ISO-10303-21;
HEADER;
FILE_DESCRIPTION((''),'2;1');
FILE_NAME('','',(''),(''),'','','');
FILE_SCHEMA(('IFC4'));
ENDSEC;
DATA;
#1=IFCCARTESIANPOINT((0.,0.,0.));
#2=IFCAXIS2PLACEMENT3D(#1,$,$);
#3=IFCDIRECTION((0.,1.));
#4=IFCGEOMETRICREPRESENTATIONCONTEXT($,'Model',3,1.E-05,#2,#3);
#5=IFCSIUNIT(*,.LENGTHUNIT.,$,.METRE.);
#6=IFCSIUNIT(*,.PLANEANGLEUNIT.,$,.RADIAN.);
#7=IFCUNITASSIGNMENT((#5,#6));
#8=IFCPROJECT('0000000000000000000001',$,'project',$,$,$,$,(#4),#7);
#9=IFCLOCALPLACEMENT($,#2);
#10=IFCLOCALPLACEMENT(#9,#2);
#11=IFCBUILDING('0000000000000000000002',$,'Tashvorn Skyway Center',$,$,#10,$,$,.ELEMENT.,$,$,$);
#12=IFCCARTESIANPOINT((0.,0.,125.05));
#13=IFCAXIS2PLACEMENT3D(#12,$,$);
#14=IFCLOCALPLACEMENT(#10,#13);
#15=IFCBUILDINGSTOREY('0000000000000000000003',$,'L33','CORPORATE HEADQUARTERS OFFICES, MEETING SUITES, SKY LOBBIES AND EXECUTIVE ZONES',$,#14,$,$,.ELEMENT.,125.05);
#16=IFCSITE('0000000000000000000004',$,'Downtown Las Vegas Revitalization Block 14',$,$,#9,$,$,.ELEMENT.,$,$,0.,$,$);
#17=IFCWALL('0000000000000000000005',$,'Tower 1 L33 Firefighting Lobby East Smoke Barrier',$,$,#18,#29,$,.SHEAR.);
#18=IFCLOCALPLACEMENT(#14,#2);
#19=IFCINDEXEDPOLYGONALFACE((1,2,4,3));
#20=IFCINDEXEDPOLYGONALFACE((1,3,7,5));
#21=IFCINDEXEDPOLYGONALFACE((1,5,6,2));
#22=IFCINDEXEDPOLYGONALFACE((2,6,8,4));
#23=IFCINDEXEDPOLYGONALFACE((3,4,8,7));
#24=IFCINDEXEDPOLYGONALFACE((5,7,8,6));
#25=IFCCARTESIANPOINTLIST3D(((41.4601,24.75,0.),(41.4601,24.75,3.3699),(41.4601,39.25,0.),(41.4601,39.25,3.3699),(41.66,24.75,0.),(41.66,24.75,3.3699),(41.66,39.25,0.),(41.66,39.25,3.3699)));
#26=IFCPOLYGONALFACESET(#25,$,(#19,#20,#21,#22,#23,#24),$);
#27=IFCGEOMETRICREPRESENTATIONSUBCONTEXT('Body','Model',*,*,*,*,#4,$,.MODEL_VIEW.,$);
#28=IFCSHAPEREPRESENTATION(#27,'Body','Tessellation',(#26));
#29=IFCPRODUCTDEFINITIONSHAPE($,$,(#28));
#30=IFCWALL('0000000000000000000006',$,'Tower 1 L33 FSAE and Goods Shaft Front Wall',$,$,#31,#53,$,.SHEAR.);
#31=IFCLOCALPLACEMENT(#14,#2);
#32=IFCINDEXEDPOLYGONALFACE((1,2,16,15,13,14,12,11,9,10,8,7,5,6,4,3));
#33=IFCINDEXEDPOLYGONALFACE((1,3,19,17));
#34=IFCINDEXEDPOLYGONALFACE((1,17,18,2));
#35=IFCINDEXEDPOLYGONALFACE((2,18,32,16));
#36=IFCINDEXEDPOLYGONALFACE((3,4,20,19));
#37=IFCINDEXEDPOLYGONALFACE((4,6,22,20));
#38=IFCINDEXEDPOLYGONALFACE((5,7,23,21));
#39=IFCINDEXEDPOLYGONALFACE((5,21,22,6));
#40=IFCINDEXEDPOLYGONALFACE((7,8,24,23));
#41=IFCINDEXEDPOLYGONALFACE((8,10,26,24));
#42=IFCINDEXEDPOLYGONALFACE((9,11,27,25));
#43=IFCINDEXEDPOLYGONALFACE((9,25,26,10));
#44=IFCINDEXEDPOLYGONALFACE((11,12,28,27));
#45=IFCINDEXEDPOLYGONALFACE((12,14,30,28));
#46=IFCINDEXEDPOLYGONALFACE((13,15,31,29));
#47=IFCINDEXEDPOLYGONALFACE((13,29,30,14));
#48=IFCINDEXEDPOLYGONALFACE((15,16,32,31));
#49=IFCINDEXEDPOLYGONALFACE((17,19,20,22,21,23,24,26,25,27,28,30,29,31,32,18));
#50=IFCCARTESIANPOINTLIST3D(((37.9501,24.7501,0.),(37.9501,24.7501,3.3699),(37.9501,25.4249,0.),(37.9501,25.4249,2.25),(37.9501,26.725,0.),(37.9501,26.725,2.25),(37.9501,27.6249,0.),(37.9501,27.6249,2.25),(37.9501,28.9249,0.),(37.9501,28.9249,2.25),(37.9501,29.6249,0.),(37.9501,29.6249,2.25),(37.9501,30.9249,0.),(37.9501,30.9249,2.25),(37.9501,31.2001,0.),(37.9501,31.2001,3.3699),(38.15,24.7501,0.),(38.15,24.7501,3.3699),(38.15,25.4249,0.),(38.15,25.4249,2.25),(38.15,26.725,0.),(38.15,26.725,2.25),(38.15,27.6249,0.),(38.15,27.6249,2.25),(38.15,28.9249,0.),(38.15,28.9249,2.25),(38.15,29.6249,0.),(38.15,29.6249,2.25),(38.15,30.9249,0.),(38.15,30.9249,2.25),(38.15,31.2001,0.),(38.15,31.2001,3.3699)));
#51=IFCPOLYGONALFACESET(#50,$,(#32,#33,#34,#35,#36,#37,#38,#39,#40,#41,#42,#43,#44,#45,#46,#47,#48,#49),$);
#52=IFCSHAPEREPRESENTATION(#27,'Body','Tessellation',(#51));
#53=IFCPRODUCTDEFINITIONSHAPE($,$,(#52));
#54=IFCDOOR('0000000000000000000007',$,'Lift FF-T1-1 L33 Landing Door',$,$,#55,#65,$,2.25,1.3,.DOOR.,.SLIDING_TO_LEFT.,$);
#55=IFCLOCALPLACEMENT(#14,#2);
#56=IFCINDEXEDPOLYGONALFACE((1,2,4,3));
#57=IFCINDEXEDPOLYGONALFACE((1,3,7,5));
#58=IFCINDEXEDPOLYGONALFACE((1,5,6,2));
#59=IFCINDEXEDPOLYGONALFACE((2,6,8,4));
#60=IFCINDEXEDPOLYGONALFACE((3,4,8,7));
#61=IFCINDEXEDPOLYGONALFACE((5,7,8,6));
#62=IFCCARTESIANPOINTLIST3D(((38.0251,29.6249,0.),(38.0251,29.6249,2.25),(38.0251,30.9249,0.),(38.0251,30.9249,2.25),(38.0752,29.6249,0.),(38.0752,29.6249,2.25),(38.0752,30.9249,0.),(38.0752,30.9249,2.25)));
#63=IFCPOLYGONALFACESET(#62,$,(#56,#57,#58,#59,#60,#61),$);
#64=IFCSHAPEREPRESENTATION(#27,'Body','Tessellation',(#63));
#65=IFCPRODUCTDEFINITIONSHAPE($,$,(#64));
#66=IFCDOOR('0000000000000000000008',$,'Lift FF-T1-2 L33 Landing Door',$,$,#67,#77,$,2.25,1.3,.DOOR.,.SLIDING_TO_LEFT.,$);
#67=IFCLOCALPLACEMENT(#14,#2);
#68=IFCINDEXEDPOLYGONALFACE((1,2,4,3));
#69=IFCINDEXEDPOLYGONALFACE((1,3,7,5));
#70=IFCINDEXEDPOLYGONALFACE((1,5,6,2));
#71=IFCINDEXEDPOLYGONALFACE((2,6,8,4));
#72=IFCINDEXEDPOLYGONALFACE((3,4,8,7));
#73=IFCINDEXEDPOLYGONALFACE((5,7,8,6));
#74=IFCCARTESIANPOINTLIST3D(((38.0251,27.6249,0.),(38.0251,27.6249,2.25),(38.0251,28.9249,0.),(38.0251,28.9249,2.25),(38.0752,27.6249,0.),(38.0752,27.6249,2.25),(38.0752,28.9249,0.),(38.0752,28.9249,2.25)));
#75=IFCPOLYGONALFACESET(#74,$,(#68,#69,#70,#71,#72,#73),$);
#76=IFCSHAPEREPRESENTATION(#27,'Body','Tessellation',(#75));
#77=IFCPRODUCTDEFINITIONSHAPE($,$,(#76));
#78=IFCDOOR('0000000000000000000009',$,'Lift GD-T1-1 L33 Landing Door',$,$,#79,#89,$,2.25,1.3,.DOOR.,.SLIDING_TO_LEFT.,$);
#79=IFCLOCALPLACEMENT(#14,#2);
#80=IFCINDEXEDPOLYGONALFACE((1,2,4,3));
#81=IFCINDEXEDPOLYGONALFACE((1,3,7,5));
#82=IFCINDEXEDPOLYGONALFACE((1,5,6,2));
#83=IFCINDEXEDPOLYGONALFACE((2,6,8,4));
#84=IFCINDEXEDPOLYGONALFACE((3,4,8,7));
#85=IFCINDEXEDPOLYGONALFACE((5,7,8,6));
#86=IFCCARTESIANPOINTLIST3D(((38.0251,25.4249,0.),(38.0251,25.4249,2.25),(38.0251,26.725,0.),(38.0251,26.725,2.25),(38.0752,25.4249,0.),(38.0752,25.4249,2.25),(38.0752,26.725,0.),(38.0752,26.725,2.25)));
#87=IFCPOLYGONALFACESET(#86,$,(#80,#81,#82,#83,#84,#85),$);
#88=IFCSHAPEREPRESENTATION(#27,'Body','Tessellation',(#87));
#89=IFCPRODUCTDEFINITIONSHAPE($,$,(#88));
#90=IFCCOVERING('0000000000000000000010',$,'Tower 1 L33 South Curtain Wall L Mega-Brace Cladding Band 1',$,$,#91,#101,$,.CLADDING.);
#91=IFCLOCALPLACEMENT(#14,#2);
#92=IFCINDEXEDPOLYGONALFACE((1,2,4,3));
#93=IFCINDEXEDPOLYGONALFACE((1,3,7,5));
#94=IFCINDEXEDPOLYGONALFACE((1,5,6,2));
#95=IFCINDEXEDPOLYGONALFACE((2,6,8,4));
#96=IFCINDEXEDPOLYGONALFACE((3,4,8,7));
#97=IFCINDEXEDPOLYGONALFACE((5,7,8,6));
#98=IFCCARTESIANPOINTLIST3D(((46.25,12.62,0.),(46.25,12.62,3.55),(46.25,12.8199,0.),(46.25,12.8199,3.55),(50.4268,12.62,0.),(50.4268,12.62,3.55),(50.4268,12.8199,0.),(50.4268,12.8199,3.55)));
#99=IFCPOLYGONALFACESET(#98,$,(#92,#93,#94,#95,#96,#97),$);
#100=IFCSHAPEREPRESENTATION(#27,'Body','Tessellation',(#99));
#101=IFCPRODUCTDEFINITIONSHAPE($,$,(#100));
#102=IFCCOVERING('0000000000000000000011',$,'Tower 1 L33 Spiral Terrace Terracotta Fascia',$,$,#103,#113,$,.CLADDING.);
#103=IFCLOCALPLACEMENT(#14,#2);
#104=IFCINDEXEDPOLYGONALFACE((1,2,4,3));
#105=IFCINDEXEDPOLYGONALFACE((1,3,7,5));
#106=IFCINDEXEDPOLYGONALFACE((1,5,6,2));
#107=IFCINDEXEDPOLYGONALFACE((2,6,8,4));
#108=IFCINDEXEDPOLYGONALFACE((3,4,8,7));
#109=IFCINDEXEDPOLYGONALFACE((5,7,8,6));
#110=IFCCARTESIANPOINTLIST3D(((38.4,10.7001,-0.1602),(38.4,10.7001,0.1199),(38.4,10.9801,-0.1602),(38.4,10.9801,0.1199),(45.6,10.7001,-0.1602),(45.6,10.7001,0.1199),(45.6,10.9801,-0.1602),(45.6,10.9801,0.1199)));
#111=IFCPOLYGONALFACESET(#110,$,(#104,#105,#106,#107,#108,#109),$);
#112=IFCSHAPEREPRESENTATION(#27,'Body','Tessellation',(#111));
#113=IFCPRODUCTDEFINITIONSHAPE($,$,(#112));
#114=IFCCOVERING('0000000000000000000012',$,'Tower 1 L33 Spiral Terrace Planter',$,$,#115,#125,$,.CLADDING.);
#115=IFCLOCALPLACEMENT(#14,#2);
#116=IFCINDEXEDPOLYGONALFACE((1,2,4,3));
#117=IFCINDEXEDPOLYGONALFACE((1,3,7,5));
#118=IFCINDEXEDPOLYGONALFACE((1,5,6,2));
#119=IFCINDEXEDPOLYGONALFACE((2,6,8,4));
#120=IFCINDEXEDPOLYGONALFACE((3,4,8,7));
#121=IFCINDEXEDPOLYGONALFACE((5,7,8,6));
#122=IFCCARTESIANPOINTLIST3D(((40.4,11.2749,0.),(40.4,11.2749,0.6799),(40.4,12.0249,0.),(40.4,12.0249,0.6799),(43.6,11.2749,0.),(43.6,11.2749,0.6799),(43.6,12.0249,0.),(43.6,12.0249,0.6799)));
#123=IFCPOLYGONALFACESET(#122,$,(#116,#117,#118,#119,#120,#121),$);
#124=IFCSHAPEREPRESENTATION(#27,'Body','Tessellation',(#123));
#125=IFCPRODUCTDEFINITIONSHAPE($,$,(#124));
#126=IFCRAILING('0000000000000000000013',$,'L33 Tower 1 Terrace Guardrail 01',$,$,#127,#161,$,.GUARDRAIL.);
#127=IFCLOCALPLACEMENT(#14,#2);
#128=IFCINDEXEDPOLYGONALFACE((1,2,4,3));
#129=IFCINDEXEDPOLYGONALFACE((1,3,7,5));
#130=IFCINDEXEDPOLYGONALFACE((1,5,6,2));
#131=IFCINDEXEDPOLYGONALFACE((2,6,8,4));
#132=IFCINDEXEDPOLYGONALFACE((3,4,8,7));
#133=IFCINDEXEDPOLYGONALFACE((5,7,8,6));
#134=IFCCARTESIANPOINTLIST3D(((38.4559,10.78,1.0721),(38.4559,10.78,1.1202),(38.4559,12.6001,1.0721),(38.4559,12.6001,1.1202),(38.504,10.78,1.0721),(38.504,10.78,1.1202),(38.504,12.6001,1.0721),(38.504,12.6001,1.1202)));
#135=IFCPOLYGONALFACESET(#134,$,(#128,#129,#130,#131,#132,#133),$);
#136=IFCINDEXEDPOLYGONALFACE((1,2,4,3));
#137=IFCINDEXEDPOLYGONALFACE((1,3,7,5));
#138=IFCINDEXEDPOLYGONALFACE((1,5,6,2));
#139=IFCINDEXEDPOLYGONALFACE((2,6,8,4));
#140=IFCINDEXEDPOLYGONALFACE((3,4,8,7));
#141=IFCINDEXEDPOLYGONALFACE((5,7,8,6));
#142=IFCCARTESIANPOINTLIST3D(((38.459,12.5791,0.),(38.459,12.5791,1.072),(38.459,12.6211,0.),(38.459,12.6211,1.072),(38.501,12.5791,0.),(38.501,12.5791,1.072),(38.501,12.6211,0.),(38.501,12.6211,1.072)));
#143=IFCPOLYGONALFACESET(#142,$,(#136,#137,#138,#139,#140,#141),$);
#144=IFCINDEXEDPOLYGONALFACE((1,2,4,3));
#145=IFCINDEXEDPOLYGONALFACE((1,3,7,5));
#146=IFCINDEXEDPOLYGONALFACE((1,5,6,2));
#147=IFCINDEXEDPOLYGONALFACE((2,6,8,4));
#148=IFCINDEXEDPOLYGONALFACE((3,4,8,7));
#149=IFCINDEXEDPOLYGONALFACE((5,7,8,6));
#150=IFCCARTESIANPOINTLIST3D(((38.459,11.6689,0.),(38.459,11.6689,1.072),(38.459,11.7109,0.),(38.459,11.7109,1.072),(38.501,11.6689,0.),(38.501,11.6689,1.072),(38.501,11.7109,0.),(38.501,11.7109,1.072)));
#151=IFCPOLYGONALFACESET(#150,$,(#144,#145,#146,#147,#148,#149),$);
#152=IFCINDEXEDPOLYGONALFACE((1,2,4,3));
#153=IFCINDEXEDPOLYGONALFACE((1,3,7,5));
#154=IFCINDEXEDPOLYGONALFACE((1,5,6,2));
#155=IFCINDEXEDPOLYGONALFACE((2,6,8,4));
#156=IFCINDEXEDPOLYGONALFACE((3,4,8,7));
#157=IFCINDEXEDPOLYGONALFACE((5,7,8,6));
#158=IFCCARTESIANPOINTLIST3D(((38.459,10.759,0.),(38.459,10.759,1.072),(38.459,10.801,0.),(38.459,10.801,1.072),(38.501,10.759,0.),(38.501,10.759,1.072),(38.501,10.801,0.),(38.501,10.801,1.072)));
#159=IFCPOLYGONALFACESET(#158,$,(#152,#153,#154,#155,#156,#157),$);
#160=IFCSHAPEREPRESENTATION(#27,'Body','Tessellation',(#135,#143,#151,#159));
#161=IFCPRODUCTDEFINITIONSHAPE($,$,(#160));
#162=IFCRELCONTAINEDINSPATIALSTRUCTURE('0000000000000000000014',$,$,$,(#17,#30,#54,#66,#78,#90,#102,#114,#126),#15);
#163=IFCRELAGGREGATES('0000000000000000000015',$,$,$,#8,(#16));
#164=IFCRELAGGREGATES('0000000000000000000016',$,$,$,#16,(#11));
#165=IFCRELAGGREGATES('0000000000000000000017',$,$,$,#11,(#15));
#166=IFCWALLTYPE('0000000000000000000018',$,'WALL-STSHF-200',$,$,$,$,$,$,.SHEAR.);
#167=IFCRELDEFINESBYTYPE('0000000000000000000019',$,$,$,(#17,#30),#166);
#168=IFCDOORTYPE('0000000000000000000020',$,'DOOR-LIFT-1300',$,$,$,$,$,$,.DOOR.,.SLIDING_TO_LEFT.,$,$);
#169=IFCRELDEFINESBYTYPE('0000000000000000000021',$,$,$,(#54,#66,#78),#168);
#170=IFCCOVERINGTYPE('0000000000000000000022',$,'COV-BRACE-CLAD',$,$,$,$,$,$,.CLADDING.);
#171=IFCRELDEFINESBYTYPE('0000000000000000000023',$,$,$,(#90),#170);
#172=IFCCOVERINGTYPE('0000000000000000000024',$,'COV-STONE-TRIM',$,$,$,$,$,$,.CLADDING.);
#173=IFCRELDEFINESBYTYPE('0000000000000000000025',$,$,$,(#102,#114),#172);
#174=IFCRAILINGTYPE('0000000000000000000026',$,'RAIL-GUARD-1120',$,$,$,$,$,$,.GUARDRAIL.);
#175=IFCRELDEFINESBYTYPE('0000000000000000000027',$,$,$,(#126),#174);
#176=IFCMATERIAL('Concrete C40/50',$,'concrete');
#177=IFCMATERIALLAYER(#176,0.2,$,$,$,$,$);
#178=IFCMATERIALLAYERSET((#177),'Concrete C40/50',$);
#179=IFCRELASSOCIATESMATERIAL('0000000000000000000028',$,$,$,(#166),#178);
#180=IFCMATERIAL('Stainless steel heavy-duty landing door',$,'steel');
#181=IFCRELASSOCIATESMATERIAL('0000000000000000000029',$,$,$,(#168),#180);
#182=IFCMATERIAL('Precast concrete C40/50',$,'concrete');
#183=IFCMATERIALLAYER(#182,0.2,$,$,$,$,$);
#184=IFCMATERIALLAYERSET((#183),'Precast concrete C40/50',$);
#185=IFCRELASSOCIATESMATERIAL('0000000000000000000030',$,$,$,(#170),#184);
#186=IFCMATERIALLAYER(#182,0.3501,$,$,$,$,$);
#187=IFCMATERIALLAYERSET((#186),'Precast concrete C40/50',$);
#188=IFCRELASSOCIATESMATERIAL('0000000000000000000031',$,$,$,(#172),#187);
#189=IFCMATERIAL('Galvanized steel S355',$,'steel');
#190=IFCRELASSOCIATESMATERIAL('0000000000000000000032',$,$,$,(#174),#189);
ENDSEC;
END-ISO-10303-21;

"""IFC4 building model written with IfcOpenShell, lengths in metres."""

from ifc_helpers import new_model, si_unit, direction, frame, frame_2d, origin, origin_2d, place, context, subcontext, project, spatial, rectangle, extrude, material, layer, layer_set, type_object, element, fill, save


model = new_model("IFC4")

# Units and contexts
model_context = context("Model", 3, precision=1e-05, world=origin(), true_north=direction((0.0, 1.0)))
body_context = subcontext(model_context, "Body", "Model", "MODEL_VIEW")
ifc_project = project(units=[si_unit("LENGTHUNIT", "METRE"), si_unit("PLANEANGLEUNIT", "RADIAN")], contexts=[model_context])

# Site, building, storey
site_placement = place(None, origin())
site = spatial("IfcSite", under=ifc_project, at=site_placement, Name="Downtown Las Vegas Revitalization Block 14", CompositionType="ELEMENT", RefElevation=0.0)
building_placement = place(site_placement, origin())
building = spatial("IfcBuilding", under=site, at=building_placement, Name="Tashvorn Skyway Center", CompositionType="ELEMENT")
storey_placement = place(building_placement, frame((0.0, 0.0, 125.05)))
storey = spatial("IfcBuildingStorey", under=building, at=storey_placement, Name="L33", Description="CORPORATE HEADQUARTERS OFFICES, MEETING SUITES, SKY LOBBIES AND EXECUTIVE ZONES", CompositionType="ELEMENT", Elevation=125.05)

# Shared definitions
ifc_material_1 = material(Name="Precast concrete C40/50", Category="concrete")

# Shared definitions
ifc_material_2 = material(Name="Concrete C40/50", Category="concrete")

# Wall
ifc_layer_1 = layer(ifc_material_2, 0.2)
ifc_layer_set_1 = layer_set([ifc_layer_1], Name="Concrete C40/50")
wall_type_1 = type_object("IfcWallType", Name="WALL-STSHF-200", PredefinedType="SHEAR", material=ifc_layer_set_1)
wall_1_placement = place(storey_placement, frame((41.5601, 24.75, 0.0), z_axis=(0.0, 0.0, 1.0), x_axis=(0.0, 1.0, 0.0)))
element("IfcWall", 1, at=wall_1_placement, inside=storey, type_object=wall_type_1, Name="Tower 1 L33 Firefighting Lobby East Smoke Barrier", PredefinedType="SHEAR", context=body_context, shape_type="SweptSolid", body=[
    extrude(rectangle(XDim=14.5, YDim=0.2, at=frame_2d((7.25, 0.0))), origin(), (0.0, 0.0, 1.0), 3.3699),
])

# Wall, openings, doors
wall_2_placement = place(storey_placement, frame((38.05, 24.75, 0.0), z_axis=(0.0, 0.0, 1.0), x_axis=(0.0, 1.0, 0.0)))
wall_2 = element("IfcWall", 2, at=wall_2_placement, inside=storey, type_object=wall_type_1, Name="Tower 1 L33 FSAE and Goods Shaft Front Wall", PredefinedType="SHEAR", context=body_context, shape_type="SweptSolid", body=[
    extrude(rectangle(XDim=6.45, YDim=0.2, at=frame_2d((3.2251, 0.0))), origin(), (0.0, 0.0, 1.0), 3.3699),
])
opening_1_placement = place(wall_2_placement, frame((4.875, 0.0, 0.0)))
opening_1 = element("IfcOpeningElement", 3, at=opening_1_placement, cuts=wall_2, PredefinedType="OPENING", context=body_context, shape_type="SweptSolid", body=[
    extrude(rectangle(XDim=1.3, YDim=2.25, at=frame_2d((0.6499, 1.125))), frame((0.0, 0.1099, 0.0), z_axis=(0.0, -1.0, 0.0), x_axis=(1.0, 0.0, 0.0)), (0.0, 0.0, 1.0), 0.22),
])
opening_2_placement = place(wall_2_placement, frame((2.875, 0.0, 0.0)))
opening_2 = element("IfcOpeningElement", 4, at=opening_2_placement, cuts=wall_2, PredefinedType="OPENING", context=body_context, shape_type="SweptSolid", body=[
    extrude(rectangle(XDim=1.3, YDim=2.25, at=frame_2d((0.6499, 1.125))), frame((0.0, 0.1099, 0.0), z_axis=(0.0, -1.0, 0.0), x_axis=(1.0, 0.0, 0.0)), (0.0, 0.0, 1.0), 0.22),
])
opening_3_placement = place(wall_2_placement, frame((0.675, 0.0, 0.0)))
opening_3 = element("IfcOpeningElement", 5, at=opening_3_placement, cuts=wall_2, PredefinedType="OPENING", context=body_context, shape_type="SweptSolid", body=[
    extrude(rectangle(XDim=1.3, YDim=2.25, at=frame_2d((0.6499, 1.125))), frame((0.0, 0.1099, 0.0), z_axis=(0.0, -1.0, 0.0), x_axis=(1.0, 0.0, 0.0)), (0.0, 0.0, 1.0), 0.22),
])
ifc_material_3 = material(Name="Stainless steel heavy-duty landing door", Category="steel")
door_type_1 = type_object("IfcDoorType", Name="DOOR-LIFT-1300", OperationType="SLIDING_TO_LEFT", PredefinedType="DOOR", material=ifc_material_3)
door_1_placement = place(opening_1_placement, origin())
door_1 = element("IfcDoor", 6, at=door_1_placement, inside=storey, type_object=door_type_1, Name="Lift FF-T1-1 L33 Landing Door", OperationType="SLIDING_TO_LEFT", OverallHeight=2.25, OverallWidth=1.3, PredefinedType="DOOR", context=body_context, shape_type="SweptSolid", body=[
    extrude(rectangle(XDim=1.3, YDim=2.25, at=frame_2d((0.6499, 1.125))), frame((0.0, 0.0249, 0.0), z_axis=(0.0, -1.0, 0.0), x_axis=(1.0, 0.0, 0.0)), (0.0, 0.0, 1.0), 0.05),
])
fill(opening_1, door_1)
door_2_placement = place(opening_2_placement, origin())
door_2 = element("IfcDoor", 7, at=door_2_placement, inside=storey, type_object=door_type_1, Name="Lift FF-T1-2 L33 Landing Door", OperationType="SLIDING_TO_LEFT", OverallHeight=2.25, OverallWidth=1.3, PredefinedType="DOOR", context=body_context, shape_type="SweptSolid", body=[
    extrude(rectangle(XDim=1.3, YDim=2.25, at=frame_2d((0.6499, 1.125))), frame((0.0, 0.0249, 0.0), z_axis=(0.0, -1.0, 0.0), x_axis=(1.0, 0.0, 0.0)), (0.0, 0.0, 1.0), 0.05),
])
fill(opening_2, door_2)
door_3_placement = place(opening_3_placement, origin())
door_3 = element("IfcDoor", 8, at=door_3_placement, inside=storey, type_object=door_type_1, Name="Lift GD-T1-1 L33 Landing Door", OperationType="SLIDING_TO_LEFT", OverallHeight=2.25, OverallWidth=1.3, PredefinedType="DOOR", context=body_context, shape_type="SweptSolid", body=[
    extrude(rectangle(XDim=1.3, YDim=2.25, at=frame_2d((0.6499, 1.125))), frame((0.0, 0.0249, 0.0), z_axis=(0.0, -1.0, 0.0), x_axis=(1.0, 0.0, 0.0)), (0.0, 0.0, 1.0), 0.05),
])
fill(opening_3, door_3)

# Coverings
ifc_layer_2 = layer(ifc_material_1, 0.2)
ifc_layer_set_2 = layer_set([ifc_layer_2], Name="Precast concrete C40/50")
covering_type_1 = type_object("IfcCoveringType", Name="COV-BRACE-CLAD", PredefinedType="CLADDING", material=ifc_layer_set_2)
covering_1_placement = place(storey_placement, frame((48.3384, 12.72, 0.0), z_axis=(0.0, 0.0, 1.0), x_axis=(-1.0, 0.0, 0.0)))
element("IfcCovering", 9, at=covering_1_placement, inside=storey, type_object=covering_type_1, Name="Tower 1 L33 South Curtain Wall L Mega-Brace Cladding Band 1", PredefinedType="CLADDING", context=body_context, shape_type="SweptSolid", body=[
    extrude(rectangle(XDim=4.1768, YDim=0.2, at=origin_2d()), origin(), (0.0, 0.0, 1.0), 3.55),
])
ifc_layer_3 = layer(ifc_material_1, 0.3501)
ifc_layer_set_3 = layer_set([ifc_layer_3], Name="Precast concrete C40/50")
covering_type_2 = type_object("IfcCoveringType", Name="COV-STONE-TRIM", PredefinedType="CLADDING", material=ifc_layer_set_3)
covering_2_placement = place(storey_placement, frame((42.0, 10.8401, -0.1602), z_axis=(0.0, 0.0, 1.0), x_axis=(-1.0, 0.0, 0.0)))
element("IfcCovering", 10, at=covering_2_placement, inside=storey, type_object=covering_type_2, Name="Tower 1 L33 Spiral Terrace Terracotta Fascia", PredefinedType="CLADDING", context=body_context, shape_type="SweptSolid", body=[
    extrude(rectangle(XDim=7.2, YDim=0.28, at=origin_2d()), origin(), (0.0, 0.0, 1.0), 0.28),
])
covering_3_placement = place(storey_placement, frame((42.0, 11.6499, 0.0), z_axis=(0.0, 0.0, 1.0), x_axis=(-1.0, 0.0, 0.0)))
element("IfcCovering", 11, at=covering_3_placement, inside=storey, type_object=covering_type_2, Name="Tower 1 L33 Spiral Terrace Planter", PredefinedType="CLADDING", context=body_context, shape_type="SweptSolid", body=[
    extrude(rectangle(XDim=3.2, YDim=0.75, at=origin_2d()), origin(), (0.0, 0.0, 1.0), 0.6799),
])

# Railing
ifc_material_4 = material(Name="Galvanized steel S355", Category="steel")
railing_type = type_object("IfcRailingType", Name="RAIL-GUARD-1120", PredefinedType="GUARDRAIL", material=ifc_material_4)
railing_1_placement = place(storey_placement, frame((38.48, 12.6001, 0.0)))
element("IfcRailing", 12, at=railing_1_placement, inside=storey, type_object=railing_type, Name="L33 Tower 1 Terrace Guardrail 01", PredefinedType="GUARDRAIL", context=body_context, shape_type="SweptSolid", body=[
    extrude(rectangle(XDim=0.0481, YDim=0.0481, at=origin_2d()), frame((0.0, 0.0, 1.0962), z_axis=(0.0, -1.0, 0.0), x_axis=(1.0, 0.0, 0.0)), (0.0, 0.0, 1.0), 1.8201),
    extrude(rectangle(XDim=0.042, YDim=0.042, at=origin_2d()), origin(), (0.0, 0.0, 1.0), 1.072),
    extrude(rectangle(XDim=0.042, YDim=0.042, at=origin_2d()), frame((0.0, -0.9102, 0.0)), (0.0, 0.0, 1.0), 1.072),
    extrude(rectangle(XDim=0.042, YDim=0.042, at=origin_2d()), frame((0.0, -1.8201, 0.0)), (0.0, 0.0, 1.0), 1.072),
])

save(model, "model.ifc")
